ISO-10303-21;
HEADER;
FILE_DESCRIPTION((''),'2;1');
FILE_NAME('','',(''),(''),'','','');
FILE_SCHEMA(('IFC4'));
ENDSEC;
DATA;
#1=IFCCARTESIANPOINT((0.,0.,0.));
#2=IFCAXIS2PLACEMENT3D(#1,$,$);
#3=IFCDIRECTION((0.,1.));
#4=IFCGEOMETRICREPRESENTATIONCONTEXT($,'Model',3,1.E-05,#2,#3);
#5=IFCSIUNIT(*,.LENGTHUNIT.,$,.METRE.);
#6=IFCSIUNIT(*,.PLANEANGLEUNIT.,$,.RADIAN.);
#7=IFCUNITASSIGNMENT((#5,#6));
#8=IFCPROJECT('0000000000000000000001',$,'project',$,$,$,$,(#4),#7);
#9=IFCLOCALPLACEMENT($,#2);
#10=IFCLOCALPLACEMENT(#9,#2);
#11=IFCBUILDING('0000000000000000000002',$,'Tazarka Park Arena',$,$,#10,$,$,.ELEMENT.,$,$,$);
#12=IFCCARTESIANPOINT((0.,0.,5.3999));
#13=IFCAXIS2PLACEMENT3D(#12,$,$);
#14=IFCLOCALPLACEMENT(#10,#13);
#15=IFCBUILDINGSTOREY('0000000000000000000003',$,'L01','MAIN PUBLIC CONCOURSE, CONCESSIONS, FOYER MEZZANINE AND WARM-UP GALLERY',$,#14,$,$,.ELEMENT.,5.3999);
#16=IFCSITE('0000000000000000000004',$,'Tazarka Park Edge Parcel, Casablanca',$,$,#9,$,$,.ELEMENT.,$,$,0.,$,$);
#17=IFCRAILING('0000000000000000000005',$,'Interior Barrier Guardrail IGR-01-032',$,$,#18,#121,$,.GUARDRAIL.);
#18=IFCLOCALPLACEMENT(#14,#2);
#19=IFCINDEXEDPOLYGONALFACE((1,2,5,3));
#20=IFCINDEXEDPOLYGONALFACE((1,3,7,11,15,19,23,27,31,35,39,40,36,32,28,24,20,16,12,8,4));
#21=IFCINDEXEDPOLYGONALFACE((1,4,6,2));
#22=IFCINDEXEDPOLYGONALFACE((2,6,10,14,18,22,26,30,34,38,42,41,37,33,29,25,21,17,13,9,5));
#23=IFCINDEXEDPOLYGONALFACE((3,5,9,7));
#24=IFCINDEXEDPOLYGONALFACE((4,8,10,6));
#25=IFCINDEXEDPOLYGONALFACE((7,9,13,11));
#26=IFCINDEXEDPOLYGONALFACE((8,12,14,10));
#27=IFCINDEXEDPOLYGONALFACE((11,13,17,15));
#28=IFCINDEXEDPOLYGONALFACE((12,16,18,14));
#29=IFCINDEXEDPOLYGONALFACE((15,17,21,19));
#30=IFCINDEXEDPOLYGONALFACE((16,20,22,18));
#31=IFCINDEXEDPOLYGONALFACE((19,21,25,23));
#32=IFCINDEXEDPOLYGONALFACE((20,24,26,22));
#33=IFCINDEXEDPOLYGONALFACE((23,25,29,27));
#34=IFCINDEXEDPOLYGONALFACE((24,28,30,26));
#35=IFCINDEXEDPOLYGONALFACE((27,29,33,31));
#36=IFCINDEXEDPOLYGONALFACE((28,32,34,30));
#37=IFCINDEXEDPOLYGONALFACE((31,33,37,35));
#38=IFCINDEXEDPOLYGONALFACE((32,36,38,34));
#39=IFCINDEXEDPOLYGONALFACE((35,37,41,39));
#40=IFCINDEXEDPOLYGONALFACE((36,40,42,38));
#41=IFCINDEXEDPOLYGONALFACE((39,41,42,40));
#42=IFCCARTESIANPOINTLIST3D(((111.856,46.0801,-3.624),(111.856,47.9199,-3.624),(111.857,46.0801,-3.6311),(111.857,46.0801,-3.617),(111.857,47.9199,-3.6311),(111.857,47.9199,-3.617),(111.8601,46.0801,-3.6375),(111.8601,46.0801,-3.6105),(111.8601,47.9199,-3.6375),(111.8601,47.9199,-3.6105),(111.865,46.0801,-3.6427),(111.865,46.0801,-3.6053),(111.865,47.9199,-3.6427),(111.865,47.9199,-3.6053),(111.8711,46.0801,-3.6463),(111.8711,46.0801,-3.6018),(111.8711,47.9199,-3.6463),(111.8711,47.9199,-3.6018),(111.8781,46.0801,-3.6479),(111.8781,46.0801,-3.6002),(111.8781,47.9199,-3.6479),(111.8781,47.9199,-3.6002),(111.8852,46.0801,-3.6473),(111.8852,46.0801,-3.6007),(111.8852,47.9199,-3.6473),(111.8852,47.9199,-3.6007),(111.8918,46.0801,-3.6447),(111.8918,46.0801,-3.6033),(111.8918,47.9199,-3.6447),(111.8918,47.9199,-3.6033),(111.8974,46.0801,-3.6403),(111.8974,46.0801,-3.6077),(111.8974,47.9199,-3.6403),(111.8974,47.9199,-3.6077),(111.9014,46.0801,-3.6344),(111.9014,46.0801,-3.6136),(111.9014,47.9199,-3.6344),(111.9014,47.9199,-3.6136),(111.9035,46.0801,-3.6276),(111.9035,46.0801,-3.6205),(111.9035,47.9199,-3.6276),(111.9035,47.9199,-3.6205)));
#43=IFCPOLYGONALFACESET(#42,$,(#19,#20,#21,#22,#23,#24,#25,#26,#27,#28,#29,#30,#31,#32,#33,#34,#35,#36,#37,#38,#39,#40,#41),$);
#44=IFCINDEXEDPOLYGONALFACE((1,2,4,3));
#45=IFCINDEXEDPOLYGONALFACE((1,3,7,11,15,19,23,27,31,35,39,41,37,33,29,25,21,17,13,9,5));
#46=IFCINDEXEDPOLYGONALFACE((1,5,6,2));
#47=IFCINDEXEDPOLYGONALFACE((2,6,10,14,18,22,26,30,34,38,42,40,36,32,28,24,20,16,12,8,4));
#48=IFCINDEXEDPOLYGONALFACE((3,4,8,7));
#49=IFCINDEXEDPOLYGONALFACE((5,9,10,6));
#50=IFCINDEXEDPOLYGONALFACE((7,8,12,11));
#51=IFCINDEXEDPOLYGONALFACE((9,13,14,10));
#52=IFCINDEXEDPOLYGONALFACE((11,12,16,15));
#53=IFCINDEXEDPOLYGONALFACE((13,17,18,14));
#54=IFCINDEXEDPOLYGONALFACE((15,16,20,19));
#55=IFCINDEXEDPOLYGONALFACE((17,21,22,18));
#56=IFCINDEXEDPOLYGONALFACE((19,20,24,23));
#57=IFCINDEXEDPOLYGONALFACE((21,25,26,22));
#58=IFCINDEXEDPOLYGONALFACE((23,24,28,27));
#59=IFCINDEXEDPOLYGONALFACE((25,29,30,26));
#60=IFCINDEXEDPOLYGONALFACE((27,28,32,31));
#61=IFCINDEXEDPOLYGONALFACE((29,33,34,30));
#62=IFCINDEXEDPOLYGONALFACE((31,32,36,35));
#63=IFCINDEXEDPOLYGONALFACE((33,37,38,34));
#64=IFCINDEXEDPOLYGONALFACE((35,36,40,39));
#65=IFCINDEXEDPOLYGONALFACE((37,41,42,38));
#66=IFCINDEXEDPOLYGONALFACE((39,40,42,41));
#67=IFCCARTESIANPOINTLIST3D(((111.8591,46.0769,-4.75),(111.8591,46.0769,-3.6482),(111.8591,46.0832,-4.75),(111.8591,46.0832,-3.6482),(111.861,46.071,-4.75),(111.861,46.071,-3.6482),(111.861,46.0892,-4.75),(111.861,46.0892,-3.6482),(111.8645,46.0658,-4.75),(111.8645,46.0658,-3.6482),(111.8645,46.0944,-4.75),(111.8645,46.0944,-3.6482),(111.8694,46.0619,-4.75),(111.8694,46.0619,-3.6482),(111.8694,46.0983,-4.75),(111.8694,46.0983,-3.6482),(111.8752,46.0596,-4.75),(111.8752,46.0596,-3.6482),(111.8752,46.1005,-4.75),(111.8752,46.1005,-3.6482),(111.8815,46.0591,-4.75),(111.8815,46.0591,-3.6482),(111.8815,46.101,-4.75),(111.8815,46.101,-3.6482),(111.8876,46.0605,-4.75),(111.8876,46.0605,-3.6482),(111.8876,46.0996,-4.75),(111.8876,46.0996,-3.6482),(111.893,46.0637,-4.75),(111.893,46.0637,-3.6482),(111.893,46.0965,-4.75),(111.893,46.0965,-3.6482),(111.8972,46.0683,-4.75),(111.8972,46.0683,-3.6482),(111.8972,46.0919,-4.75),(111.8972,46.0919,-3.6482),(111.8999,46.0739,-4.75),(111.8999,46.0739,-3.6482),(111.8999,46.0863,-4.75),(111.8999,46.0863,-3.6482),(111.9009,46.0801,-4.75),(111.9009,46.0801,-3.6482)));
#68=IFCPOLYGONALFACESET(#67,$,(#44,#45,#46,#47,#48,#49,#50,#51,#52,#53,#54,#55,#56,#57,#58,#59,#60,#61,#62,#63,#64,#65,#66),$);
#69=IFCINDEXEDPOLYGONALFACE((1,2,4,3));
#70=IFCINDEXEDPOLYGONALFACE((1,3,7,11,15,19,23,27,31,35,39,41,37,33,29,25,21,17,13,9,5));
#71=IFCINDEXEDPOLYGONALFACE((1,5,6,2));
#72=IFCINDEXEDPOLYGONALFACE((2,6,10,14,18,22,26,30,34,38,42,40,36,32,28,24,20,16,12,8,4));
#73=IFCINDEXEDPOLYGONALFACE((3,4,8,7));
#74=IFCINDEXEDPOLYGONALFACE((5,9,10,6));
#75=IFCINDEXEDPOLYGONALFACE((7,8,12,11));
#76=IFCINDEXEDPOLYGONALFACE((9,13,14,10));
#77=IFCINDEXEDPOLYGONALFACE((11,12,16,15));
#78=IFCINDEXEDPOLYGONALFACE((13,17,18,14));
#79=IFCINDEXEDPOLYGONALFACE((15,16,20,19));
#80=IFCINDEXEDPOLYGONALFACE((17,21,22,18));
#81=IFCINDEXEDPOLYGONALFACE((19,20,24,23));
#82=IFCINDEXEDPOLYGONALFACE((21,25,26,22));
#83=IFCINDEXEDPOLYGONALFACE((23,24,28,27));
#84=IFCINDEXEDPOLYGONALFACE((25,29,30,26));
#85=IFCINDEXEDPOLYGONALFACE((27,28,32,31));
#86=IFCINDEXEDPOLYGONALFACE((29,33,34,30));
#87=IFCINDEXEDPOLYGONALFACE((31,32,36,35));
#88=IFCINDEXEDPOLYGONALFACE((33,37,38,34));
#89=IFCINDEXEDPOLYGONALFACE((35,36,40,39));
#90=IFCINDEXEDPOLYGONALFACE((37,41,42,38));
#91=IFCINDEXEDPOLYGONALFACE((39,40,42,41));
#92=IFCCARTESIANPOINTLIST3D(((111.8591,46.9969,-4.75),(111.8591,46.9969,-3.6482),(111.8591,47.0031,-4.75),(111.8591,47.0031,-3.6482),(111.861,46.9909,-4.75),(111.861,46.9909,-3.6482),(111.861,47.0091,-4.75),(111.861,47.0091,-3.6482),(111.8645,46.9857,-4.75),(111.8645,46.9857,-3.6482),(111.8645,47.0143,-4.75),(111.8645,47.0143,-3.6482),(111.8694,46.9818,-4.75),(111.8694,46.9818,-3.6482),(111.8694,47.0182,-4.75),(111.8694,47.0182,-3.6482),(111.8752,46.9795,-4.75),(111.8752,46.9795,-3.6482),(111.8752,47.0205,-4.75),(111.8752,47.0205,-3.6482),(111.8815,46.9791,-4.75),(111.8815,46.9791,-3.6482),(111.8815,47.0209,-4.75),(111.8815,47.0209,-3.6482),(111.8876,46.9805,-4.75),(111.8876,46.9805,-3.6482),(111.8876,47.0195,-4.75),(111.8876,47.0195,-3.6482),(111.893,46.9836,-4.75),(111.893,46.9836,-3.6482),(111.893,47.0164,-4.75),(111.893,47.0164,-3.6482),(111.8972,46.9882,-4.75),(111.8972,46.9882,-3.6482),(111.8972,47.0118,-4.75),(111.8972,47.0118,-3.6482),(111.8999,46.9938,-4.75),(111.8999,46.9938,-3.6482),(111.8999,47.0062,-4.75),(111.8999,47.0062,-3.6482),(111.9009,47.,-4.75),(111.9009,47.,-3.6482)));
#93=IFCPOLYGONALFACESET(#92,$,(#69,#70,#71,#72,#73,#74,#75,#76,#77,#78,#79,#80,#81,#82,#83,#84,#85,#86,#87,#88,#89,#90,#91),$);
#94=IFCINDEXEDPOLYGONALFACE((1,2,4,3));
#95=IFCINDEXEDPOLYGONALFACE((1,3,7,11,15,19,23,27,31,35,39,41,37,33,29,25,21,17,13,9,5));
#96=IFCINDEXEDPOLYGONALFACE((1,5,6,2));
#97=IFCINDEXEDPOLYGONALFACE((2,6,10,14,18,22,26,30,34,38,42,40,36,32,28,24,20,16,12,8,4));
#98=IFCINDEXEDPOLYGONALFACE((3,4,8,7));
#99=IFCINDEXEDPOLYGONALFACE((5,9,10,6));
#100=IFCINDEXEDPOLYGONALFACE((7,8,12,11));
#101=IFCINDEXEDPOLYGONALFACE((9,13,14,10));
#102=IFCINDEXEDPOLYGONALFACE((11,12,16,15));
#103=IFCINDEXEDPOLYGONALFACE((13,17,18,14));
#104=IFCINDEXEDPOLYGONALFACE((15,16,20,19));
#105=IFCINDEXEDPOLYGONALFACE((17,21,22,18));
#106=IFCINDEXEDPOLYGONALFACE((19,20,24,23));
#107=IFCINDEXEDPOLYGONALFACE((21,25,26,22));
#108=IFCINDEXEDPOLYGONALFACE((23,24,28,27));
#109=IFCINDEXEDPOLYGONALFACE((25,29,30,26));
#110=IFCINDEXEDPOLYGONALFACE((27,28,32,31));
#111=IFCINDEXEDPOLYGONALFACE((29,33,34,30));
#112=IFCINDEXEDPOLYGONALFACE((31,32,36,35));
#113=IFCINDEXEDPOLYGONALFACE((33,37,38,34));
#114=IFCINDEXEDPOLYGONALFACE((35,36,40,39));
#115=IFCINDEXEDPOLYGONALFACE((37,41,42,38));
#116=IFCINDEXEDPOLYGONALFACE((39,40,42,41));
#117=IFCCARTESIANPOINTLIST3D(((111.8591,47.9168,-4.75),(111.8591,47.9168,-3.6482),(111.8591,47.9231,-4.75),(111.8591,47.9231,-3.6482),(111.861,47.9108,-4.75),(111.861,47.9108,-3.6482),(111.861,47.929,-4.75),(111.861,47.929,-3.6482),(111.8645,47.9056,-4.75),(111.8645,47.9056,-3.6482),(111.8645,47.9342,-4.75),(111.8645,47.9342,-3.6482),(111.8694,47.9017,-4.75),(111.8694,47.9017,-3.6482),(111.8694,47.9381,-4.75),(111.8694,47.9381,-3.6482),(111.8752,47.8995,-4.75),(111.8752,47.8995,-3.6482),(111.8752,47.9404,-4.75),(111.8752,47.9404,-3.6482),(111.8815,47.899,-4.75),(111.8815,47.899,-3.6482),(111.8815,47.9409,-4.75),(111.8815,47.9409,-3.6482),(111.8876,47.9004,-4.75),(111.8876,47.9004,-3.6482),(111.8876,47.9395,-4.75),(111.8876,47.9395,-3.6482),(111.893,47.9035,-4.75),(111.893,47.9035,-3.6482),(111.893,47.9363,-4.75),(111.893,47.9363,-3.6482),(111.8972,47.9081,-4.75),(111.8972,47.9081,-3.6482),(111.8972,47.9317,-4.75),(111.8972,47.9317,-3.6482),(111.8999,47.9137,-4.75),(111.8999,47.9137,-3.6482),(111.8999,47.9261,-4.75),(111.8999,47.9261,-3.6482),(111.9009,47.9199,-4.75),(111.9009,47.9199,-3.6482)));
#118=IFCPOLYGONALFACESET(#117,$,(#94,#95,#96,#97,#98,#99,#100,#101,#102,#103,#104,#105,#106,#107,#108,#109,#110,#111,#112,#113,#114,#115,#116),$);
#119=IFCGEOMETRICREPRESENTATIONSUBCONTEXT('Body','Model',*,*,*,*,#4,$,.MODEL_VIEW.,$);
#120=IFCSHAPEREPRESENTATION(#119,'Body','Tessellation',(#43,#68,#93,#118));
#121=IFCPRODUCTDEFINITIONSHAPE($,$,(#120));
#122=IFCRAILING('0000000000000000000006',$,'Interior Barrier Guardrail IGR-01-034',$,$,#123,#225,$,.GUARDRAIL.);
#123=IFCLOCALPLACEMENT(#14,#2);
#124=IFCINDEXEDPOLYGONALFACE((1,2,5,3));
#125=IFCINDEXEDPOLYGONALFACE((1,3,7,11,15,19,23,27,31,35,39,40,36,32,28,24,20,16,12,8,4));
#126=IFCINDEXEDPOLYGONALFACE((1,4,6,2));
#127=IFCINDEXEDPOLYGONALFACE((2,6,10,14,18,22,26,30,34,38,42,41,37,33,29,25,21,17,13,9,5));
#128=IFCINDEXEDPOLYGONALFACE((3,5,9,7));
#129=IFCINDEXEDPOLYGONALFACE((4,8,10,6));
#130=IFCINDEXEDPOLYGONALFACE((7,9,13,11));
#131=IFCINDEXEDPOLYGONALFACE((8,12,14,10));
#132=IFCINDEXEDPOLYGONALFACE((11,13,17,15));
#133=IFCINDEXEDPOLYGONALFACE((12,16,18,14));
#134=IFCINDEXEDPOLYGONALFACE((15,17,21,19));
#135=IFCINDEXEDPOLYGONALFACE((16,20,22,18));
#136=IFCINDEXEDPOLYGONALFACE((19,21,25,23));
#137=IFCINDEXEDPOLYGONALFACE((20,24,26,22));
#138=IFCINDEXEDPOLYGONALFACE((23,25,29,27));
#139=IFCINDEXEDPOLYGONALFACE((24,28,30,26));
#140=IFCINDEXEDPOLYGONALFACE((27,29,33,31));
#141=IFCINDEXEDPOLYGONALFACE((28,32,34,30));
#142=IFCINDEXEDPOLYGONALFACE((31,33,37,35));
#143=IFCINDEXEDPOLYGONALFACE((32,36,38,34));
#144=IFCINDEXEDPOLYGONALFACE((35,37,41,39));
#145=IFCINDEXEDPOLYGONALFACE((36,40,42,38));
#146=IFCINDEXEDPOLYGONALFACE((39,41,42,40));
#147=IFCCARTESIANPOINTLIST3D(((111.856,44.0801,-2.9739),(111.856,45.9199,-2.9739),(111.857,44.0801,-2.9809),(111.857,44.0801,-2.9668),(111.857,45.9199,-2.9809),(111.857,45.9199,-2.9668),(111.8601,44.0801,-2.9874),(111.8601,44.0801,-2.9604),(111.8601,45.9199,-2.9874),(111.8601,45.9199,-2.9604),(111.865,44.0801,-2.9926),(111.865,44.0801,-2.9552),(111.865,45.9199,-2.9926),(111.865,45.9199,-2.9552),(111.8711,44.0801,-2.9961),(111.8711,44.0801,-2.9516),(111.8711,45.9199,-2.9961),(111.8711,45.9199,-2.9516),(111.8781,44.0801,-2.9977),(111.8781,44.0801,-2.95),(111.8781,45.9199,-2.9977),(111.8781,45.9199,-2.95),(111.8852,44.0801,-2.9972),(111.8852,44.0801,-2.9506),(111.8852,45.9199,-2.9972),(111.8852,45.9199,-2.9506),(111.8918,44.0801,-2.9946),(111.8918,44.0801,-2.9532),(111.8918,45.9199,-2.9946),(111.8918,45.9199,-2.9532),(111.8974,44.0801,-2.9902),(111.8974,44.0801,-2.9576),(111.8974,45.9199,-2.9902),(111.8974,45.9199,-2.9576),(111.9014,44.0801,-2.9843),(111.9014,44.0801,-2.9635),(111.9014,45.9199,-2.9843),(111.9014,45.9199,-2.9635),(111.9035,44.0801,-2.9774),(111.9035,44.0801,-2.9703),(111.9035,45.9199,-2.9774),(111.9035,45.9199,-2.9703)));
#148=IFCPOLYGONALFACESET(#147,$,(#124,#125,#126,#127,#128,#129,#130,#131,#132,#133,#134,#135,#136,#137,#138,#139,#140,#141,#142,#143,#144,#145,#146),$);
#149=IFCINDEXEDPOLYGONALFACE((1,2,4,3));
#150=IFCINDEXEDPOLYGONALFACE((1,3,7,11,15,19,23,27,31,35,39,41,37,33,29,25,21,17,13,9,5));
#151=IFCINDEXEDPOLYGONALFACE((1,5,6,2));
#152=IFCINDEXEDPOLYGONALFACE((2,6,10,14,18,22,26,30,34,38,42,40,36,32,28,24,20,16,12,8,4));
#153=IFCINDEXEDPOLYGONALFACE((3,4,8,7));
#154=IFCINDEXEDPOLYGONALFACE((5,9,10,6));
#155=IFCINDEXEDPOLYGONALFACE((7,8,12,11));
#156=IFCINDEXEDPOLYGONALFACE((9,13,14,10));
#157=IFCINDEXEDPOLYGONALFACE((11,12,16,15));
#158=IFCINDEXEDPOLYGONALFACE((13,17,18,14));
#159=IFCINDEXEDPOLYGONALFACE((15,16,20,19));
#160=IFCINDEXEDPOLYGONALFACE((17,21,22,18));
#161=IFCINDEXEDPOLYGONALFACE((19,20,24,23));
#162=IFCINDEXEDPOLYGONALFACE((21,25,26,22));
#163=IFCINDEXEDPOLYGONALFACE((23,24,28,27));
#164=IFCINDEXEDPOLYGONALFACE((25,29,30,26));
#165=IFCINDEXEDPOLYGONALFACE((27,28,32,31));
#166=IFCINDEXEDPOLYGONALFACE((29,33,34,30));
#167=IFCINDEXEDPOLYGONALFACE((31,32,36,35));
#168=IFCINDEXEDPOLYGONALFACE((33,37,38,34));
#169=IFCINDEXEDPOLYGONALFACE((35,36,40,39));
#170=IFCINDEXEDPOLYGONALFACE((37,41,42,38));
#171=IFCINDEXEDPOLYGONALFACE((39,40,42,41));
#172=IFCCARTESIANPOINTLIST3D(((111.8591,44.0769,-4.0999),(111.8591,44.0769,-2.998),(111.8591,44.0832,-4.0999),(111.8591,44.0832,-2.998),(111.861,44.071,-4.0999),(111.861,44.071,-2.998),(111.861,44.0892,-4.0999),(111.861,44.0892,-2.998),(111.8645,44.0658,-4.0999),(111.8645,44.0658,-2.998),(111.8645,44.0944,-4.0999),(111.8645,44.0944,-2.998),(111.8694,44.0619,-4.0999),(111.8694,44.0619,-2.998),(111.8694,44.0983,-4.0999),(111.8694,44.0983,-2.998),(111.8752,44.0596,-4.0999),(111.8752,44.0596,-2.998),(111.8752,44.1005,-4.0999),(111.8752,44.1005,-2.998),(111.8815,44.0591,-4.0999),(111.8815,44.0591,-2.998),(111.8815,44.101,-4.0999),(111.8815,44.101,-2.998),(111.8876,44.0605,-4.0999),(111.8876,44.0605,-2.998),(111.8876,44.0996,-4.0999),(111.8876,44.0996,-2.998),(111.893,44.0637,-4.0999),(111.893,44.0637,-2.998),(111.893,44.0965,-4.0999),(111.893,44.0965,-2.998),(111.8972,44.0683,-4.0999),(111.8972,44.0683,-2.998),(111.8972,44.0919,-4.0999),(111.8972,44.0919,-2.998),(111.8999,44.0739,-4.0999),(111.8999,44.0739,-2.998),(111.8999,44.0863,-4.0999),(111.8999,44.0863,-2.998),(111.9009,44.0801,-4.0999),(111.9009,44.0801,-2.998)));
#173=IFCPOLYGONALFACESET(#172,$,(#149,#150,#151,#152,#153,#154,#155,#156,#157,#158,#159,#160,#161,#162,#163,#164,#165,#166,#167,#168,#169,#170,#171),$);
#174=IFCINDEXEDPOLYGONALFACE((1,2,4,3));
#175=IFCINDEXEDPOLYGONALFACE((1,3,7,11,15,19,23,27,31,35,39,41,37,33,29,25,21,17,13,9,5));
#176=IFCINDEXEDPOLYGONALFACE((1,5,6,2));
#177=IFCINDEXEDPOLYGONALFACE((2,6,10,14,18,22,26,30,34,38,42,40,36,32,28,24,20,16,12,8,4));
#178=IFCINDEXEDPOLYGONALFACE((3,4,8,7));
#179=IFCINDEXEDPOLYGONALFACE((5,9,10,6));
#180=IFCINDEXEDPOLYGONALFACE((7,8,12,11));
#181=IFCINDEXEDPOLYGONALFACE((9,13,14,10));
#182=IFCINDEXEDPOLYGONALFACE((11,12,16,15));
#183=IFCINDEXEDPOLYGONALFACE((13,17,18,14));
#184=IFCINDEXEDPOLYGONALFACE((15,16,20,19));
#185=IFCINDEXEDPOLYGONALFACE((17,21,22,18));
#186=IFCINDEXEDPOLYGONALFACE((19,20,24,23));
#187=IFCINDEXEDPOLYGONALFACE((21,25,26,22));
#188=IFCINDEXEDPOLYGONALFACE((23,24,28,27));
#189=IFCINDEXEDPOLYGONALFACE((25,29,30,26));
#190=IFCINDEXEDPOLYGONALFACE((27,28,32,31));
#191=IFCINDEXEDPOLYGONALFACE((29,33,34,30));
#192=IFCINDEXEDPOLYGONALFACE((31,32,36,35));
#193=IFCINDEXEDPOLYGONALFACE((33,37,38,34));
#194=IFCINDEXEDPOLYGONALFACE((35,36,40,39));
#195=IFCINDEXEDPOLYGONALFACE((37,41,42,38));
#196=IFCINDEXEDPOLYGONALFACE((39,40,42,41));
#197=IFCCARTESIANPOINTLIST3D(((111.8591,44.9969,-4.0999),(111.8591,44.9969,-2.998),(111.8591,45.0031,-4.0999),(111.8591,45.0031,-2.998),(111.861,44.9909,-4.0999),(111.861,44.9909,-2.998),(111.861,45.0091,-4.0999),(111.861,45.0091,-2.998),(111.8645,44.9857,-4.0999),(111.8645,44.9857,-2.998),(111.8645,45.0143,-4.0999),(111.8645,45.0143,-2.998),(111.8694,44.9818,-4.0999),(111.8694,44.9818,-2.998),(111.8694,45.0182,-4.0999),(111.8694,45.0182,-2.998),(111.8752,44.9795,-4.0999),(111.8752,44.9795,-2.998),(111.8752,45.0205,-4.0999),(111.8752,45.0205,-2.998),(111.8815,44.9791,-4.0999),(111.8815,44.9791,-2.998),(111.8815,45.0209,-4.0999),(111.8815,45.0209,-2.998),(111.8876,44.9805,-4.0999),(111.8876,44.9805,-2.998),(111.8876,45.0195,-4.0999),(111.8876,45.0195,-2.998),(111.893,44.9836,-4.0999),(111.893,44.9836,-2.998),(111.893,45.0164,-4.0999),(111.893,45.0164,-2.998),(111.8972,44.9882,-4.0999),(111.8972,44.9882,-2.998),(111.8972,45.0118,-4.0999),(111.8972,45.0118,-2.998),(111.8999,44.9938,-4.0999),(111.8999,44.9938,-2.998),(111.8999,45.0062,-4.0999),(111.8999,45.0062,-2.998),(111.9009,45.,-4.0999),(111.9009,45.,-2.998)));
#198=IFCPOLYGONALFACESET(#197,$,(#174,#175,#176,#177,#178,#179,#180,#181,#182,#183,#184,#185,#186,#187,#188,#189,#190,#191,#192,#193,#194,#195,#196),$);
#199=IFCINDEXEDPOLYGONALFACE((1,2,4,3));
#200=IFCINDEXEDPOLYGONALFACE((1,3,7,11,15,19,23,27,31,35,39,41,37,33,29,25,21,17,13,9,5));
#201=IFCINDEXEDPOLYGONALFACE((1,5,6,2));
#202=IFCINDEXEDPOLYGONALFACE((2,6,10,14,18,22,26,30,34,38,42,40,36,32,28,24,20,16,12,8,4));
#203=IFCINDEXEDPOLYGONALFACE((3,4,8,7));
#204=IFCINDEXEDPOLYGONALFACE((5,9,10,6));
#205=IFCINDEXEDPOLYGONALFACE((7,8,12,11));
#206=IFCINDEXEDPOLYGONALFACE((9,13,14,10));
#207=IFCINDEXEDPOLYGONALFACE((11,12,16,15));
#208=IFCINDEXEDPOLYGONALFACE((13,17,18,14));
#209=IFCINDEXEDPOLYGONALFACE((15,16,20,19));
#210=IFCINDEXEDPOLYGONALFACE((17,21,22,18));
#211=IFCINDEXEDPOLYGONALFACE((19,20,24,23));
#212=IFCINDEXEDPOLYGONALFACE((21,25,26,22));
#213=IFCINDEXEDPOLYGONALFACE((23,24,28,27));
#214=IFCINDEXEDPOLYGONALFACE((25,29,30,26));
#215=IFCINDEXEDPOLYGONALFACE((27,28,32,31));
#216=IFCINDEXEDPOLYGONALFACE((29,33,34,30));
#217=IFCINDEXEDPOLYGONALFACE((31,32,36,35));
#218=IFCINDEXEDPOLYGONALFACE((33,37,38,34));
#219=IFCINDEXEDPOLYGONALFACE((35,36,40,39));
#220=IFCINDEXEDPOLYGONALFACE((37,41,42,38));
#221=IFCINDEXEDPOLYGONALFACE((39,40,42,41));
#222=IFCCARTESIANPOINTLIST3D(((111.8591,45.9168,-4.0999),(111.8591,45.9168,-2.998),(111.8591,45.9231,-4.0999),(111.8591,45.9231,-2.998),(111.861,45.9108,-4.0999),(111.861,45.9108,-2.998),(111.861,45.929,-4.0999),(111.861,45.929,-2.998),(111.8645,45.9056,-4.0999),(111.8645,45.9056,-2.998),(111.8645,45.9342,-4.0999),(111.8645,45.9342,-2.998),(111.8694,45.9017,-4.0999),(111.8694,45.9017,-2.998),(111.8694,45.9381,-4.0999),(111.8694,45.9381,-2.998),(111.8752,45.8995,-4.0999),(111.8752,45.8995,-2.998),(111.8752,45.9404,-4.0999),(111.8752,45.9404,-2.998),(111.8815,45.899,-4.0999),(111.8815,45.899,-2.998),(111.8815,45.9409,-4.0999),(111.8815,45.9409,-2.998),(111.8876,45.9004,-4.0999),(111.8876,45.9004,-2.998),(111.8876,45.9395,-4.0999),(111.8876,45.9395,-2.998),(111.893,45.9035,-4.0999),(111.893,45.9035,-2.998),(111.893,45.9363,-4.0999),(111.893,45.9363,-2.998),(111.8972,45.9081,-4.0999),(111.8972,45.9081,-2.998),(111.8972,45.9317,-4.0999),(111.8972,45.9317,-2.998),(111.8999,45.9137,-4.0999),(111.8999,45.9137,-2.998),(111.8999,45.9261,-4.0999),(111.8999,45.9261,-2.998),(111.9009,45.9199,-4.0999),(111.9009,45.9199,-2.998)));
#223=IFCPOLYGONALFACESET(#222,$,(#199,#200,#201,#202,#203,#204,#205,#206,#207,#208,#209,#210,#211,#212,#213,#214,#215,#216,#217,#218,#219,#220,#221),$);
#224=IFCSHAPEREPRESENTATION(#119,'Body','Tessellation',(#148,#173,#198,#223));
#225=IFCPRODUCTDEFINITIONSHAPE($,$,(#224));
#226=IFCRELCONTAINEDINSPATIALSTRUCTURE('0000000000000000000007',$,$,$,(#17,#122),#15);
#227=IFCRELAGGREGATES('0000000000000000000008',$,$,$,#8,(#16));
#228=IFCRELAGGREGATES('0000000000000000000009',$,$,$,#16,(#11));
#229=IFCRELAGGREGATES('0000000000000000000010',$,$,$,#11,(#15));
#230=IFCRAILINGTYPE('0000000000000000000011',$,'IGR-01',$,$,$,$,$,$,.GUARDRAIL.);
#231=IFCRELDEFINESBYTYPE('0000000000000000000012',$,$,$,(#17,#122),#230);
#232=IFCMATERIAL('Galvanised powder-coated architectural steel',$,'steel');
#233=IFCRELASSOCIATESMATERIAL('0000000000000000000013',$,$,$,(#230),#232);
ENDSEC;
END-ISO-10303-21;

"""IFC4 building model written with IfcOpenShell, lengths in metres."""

from ifc_helpers import new_model, si_unit, direction, frame, origin, origin_2d, place, context, subcontext, project, spatial, circle, extrude, material, type_object, element, save


model = new_model("IFC4")

# Units and contexts
model_context = context("Model", 3, precision=1e-05, world=origin(), true_north=direction((0.0, 1.0)))
body_context = subcontext(model_context, "Body", "Model", "MODEL_VIEW")
ifc_project = project(units=[si_unit("LENGTHUNIT", "METRE"), si_unit("PLANEANGLEUNIT", "RADIAN")], contexts=[model_context])

# Site, building, storey
site_placement = place(None, origin())
site = spatial("IfcSite", under=ifc_project, at=site_placement, Name="Tazarka Park Edge Parcel, Casablanca", CompositionType="ELEMENT", RefElevation=0.0)
building_placement = place(site_placement, origin())
building = spatial("IfcBuilding", under=site, at=building_placement, Name="Tazarka Park Arena", CompositionType="ELEMENT")
storey_placement = place(building_placement, frame((0.0, 0.0, 5.3999)))
storey = spatial("IfcBuildingStorey", under=building, at=storey_placement, Name="L01", Description="MAIN PUBLIC CONCOURSE, CONCESSIONS, FOYER MEZZANINE AND WARM-UP GALLERY", CompositionType="ELEMENT", Elevation=5.3999)

# Railings
ifc_material_1 = material(Name="Galvanised powder-coated architectural steel", Category="steel")
railing_type_1 = type_object("IfcRailingType", Name="IGR-01", PredefinedType="GUARDRAIL", material=ifc_material_1)
for number, where, name in (
    (1, (111.8799, 46.0801, -4.75), "Interior Barrier Guardrail IGR-01-032"),
    (2, (111.8799, 44.0801, -4.0999), "Interior Barrier Guardrail IGR-01-034"),
):
    element("IfcRailing", number, at=place(storey_placement, frame(where)), inside=storey, type_object=railing_type_1, Name=name, PredefinedType="GUARDRAIL", context=body_context, shape_type="SweptSolid", body=[
        extrude(circle(Radius=0.0239, at=origin_2d()), frame((0.0, 0.0, 1.126), z_axis=(0.0, 1.0, 0.0), x_axis=(-1.0, 0.0, 0.0)), (0.0, 0.0, 1.0), 1.8398),
        extrude(circle(Radius=0.021, at=origin_2d()), origin(), (0.0, 0.0, 1.0), 1.1018),
        extrude(circle(Radius=0.021, at=origin_2d()), frame((0.0, 0.9199, 0.0)), (0.0, 0.0, 1.0), 1.1018),
        extrude(circle(Radius=0.021, at=origin_2d()), frame((0.0, 1.8398, 0.0)), (0.0, 0.0, 1.0), 1.1018),
    ])

save(model, "model.ifc")
